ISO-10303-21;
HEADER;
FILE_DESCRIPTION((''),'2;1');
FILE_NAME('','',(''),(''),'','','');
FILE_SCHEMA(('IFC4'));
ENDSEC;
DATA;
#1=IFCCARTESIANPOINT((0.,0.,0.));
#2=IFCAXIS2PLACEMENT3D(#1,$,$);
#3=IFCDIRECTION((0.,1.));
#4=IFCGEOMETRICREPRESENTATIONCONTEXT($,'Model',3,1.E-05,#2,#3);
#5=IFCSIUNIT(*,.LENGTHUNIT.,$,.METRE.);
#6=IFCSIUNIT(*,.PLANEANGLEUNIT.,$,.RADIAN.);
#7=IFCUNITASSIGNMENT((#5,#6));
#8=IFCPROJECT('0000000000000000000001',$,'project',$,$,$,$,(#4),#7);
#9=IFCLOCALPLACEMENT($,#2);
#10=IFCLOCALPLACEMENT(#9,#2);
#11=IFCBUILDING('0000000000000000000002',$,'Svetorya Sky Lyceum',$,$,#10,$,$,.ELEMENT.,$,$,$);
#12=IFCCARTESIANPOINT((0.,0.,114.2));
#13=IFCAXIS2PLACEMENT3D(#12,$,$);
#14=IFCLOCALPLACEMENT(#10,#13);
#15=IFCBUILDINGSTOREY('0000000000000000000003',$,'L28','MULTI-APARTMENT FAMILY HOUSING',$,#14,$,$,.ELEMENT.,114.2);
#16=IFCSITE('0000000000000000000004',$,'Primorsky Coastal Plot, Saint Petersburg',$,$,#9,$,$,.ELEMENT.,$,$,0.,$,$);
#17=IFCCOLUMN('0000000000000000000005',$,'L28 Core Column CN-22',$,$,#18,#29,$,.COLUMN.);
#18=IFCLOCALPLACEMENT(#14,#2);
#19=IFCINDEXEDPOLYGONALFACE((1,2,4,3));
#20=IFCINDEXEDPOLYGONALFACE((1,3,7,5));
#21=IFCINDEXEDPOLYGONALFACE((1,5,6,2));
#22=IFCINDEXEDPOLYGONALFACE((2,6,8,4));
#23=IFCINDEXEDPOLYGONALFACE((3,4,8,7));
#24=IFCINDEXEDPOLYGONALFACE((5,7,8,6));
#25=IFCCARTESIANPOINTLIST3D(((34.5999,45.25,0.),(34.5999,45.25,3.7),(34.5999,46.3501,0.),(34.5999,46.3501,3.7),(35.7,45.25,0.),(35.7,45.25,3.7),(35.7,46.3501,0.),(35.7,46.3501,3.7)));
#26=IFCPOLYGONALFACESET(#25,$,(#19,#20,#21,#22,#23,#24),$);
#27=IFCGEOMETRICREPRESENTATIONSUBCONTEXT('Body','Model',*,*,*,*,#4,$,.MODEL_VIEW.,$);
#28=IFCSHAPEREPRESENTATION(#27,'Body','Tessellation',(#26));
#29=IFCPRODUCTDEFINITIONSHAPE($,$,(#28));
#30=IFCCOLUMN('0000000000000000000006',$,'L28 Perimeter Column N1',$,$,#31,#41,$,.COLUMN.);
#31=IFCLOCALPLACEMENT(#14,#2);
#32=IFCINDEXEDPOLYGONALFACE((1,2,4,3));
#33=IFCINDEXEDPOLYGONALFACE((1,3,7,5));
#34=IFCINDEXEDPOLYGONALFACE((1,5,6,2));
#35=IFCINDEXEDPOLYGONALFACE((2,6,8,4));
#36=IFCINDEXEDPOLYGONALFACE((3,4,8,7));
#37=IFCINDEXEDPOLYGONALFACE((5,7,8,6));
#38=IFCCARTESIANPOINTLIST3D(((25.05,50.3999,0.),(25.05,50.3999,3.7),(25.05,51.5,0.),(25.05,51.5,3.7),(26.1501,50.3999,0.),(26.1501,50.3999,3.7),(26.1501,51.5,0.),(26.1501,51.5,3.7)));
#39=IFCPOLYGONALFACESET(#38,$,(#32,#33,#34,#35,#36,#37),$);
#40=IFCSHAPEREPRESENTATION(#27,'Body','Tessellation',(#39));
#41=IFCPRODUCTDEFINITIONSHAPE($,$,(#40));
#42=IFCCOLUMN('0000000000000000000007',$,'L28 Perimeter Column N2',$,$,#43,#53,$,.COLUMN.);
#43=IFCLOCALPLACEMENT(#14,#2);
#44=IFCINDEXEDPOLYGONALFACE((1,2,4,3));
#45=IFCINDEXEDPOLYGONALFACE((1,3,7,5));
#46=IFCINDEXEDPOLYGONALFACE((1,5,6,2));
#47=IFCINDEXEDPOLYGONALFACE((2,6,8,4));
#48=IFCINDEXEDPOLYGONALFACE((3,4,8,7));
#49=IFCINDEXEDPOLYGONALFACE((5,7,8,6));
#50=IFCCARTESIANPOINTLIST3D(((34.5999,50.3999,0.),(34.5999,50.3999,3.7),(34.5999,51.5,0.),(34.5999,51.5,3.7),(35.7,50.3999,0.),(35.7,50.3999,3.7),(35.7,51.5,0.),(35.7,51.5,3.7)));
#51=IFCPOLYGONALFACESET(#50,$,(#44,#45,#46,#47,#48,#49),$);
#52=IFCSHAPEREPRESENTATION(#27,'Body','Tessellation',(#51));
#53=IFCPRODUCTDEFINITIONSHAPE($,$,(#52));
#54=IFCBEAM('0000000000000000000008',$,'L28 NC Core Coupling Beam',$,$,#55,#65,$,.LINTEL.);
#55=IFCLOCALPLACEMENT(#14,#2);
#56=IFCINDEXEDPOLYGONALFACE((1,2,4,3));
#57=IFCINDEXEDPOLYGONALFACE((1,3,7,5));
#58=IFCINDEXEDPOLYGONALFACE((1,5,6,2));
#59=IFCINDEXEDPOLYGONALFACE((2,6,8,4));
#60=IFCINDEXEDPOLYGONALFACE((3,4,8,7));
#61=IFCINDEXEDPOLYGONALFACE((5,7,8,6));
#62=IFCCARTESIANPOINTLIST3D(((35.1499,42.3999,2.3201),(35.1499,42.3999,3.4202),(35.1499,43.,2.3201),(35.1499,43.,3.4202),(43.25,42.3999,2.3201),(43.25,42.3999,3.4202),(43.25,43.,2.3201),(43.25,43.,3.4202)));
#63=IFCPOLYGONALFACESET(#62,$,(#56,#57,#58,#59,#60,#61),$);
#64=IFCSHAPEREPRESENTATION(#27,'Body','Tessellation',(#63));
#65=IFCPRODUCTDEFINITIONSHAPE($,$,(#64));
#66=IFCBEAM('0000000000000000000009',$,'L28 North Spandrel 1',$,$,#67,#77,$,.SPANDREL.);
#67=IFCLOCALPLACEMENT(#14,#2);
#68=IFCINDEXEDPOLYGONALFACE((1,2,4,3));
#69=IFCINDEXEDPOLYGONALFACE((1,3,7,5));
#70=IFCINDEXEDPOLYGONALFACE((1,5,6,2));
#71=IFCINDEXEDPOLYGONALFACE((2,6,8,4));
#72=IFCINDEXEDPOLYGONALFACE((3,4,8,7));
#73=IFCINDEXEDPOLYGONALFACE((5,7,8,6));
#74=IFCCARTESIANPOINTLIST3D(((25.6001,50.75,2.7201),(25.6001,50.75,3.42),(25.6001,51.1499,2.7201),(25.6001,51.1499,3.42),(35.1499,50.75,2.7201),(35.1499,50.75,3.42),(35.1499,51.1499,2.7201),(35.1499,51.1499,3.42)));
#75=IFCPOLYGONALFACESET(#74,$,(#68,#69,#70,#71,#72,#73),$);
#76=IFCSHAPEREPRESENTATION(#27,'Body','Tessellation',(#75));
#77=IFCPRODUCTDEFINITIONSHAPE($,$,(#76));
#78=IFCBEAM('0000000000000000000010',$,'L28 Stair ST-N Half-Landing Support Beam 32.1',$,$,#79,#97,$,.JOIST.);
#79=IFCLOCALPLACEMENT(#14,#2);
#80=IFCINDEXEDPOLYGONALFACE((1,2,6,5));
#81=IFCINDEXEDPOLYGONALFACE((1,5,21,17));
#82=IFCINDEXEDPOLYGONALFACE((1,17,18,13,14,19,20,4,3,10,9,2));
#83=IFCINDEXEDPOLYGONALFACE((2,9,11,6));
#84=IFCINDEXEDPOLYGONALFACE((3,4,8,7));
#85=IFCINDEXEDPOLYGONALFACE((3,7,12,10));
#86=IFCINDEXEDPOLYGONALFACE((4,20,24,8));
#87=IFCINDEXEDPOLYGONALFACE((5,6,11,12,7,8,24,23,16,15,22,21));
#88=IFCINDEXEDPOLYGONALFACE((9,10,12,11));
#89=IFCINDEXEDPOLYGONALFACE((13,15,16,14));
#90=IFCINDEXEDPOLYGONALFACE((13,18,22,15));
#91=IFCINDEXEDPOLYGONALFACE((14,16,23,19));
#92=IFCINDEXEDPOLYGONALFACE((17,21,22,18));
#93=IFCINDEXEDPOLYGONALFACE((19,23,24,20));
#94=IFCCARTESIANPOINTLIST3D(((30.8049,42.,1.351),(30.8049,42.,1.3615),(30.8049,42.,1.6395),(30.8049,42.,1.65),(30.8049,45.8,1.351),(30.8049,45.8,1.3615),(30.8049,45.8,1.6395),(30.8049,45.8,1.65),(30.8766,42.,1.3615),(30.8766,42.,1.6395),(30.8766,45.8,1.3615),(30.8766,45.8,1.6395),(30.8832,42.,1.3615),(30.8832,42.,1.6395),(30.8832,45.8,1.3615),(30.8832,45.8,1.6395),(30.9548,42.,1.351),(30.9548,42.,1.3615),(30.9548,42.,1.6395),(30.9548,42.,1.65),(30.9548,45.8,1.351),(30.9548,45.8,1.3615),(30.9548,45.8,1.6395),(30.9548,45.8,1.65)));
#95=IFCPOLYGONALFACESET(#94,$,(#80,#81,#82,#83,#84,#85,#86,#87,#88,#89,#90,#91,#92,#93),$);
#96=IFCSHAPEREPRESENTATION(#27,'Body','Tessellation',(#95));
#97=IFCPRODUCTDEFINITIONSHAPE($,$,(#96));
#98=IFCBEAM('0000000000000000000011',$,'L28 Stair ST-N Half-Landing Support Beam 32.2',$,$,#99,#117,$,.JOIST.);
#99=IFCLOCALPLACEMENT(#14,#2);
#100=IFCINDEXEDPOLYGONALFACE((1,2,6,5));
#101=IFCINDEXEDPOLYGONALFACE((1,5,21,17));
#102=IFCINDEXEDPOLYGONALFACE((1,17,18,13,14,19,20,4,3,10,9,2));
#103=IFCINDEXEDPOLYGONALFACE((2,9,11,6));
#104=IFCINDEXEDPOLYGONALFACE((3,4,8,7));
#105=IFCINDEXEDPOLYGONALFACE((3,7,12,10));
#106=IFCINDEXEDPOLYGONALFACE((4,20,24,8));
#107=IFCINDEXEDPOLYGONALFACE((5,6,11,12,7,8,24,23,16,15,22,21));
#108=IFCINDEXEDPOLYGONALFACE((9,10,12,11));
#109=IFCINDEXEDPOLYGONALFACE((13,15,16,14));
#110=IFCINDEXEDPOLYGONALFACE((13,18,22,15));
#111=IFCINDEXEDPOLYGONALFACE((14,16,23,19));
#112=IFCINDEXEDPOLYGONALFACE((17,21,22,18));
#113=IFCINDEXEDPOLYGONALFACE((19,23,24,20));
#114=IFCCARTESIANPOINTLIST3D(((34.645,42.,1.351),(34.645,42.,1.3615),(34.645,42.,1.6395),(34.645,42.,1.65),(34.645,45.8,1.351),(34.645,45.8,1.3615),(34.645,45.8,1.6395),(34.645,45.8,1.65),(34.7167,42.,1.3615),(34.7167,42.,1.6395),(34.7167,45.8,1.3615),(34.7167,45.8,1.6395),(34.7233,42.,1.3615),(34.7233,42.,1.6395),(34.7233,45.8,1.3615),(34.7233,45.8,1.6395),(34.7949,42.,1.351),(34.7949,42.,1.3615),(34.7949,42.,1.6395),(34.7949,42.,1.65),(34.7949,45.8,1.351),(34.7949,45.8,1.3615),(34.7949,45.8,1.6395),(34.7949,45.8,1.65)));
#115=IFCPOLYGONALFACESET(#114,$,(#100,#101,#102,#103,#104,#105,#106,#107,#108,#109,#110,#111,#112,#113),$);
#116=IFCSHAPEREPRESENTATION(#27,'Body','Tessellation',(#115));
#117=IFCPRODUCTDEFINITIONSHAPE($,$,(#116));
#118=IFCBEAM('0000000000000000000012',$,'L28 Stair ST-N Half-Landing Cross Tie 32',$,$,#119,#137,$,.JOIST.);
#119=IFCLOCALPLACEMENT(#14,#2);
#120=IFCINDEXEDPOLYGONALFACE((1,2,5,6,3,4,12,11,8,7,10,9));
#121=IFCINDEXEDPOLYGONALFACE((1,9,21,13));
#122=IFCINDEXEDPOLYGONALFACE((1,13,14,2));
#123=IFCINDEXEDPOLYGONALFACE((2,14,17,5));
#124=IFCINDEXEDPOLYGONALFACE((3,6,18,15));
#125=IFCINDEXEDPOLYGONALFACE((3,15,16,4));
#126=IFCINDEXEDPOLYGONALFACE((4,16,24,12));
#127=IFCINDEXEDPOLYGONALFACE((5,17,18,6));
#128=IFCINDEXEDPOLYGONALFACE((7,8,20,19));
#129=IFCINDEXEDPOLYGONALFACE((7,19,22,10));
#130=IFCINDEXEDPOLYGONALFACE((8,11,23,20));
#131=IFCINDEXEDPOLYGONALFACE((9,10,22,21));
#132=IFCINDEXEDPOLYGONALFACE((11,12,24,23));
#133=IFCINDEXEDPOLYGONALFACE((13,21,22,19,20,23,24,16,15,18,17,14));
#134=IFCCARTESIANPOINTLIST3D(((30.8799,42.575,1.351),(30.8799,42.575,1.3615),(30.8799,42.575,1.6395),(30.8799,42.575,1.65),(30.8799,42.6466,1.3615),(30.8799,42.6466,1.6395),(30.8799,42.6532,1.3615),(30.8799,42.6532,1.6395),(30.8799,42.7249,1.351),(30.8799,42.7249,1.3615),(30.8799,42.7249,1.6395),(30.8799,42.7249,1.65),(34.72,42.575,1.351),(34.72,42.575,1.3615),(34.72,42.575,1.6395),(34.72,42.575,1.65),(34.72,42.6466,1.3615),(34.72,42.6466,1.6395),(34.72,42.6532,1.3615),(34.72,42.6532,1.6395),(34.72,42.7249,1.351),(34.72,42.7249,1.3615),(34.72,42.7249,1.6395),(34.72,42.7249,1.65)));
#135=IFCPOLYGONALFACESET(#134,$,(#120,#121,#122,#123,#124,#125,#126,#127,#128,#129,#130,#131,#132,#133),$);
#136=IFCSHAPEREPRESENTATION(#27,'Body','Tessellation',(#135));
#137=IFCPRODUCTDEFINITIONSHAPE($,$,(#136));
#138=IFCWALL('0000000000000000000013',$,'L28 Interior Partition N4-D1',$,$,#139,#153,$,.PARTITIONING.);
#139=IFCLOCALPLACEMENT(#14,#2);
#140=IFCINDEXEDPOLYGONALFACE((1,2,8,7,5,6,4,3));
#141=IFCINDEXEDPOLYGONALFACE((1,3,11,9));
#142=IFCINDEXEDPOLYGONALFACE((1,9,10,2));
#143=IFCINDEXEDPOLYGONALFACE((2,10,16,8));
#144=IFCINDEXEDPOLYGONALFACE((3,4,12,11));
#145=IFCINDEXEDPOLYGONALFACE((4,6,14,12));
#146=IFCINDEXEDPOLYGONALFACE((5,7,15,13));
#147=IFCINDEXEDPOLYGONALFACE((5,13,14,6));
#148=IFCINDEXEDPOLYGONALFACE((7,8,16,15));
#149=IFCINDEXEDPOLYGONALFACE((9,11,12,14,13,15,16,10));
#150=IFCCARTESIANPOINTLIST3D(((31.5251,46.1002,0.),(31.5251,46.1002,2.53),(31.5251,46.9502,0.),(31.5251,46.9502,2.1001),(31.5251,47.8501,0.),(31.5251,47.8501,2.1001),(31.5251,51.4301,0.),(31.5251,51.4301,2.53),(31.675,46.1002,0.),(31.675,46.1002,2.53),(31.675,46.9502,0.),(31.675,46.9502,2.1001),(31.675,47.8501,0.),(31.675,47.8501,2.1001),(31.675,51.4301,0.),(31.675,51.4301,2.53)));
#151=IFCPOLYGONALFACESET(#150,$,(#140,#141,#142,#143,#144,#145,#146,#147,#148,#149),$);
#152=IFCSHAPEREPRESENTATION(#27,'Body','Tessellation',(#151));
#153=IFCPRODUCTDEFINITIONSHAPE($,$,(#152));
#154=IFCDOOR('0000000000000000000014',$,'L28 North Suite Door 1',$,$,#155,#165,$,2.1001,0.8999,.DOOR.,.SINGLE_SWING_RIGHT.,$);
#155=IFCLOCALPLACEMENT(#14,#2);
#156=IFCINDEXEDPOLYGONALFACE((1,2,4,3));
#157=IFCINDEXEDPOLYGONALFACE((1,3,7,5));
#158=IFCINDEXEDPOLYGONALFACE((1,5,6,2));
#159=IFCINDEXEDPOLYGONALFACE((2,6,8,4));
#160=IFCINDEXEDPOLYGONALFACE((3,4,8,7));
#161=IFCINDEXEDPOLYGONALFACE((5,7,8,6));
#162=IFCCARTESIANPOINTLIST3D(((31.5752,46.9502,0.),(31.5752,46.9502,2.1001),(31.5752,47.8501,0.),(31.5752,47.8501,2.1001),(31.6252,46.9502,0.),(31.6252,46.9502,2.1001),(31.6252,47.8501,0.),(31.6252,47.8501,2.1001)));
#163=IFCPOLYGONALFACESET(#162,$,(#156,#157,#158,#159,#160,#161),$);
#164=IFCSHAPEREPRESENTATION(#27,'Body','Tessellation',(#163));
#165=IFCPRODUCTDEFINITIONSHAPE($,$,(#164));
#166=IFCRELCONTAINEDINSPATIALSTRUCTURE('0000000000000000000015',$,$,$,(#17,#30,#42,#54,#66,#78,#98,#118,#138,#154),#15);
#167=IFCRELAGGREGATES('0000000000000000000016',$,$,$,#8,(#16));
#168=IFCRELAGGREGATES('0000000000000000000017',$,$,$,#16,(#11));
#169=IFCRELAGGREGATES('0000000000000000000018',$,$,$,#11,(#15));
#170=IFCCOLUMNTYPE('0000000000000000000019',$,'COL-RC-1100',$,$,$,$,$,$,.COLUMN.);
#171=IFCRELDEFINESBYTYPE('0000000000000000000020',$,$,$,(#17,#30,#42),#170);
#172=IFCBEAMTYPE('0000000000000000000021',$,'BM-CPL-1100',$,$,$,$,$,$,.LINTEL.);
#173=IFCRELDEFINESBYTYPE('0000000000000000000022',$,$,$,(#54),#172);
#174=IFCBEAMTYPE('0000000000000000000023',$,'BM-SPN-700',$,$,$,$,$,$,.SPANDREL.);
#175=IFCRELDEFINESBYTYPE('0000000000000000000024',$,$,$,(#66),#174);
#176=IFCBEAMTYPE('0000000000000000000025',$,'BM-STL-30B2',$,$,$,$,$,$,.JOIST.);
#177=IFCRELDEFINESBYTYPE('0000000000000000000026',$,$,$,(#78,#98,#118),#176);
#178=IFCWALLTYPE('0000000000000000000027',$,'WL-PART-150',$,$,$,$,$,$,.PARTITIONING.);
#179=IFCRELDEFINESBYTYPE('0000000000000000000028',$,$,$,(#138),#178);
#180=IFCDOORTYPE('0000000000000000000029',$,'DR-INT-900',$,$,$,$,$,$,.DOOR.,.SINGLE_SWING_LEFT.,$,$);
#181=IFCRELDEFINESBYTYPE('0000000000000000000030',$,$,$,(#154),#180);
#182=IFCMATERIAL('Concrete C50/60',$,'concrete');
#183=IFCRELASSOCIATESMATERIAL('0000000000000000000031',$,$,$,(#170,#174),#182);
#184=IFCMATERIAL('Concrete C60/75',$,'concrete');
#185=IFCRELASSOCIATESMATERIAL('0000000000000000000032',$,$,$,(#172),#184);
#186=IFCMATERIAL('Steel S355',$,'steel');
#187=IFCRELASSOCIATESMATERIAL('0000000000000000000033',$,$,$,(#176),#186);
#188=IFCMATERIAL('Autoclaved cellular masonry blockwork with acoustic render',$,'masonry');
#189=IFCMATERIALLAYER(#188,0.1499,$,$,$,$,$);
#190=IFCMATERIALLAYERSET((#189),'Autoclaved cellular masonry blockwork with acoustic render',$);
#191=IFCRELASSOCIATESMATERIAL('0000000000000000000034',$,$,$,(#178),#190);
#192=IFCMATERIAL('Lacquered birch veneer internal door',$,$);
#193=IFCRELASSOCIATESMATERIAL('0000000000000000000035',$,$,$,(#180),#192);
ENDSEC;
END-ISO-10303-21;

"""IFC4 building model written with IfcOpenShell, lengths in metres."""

from ifc_helpers import new_model, si_unit, direction, frame, frame_2d, origin, origin_2d, place, context, subcontext, project, spatial, rectangle, i_section, extrude, material, layer, layer_set, material_profile, profile_set, type_object, element, fill, save


model = new_model("IFC4")

# Units and contexts
model_context = context("Model", 3, precision=1e-05, world=origin(), true_north=direction((0.0, 1.0)))
body_context = subcontext(model_context, "Body", "Model", "MODEL_VIEW")
ifc_project = project(units=[si_unit("LENGTHUNIT", "METRE"), si_unit("PLANEANGLEUNIT", "RADIAN")], contexts=[model_context])

# Site, building, storey
site_placement = place(None, origin())
site = spatial("IfcSite", under=ifc_project, at=site_placement, Name="Primorsky Coastal Plot, Saint Petersburg", CompositionType="ELEMENT", RefElevation=0.0)
building_placement = place(site_placement, origin())
building = spatial("IfcBuilding", under=site, at=building_placement, Name="Svetorya Sky Lyceum", CompositionType="ELEMENT")
storey_placement = place(building_placement, frame((0.0, 0.0, 114.2)))
storey = spatial("IfcBuildingStorey", under=building, at=storey_placement, Name="L28", Description="MULTI-APARTMENT FAMILY HOUSING", CompositionType="ELEMENT", Elevation=114.2)

# Columns
ifc_material_1 = material(Name="Concrete C50/60", Category="concrete")
ifc_material_profile_1 = material_profile(ifc_material_1, rectangle(XDim=1.1001, YDim=1.1001, at=origin_2d()), Name="RC COL 1100x1100")
ifc_profile_set_1 = profile_set([ifc_material_profile_1], Name="Concrete C50/60")
column_type = type_object("IfcColumnType", Name="COL-RC-1100", PredefinedType="COLUMN", material=ifc_profile_set_1)
for number, where, z_axis, x_axis, name in (
    (1, (35.1499, 45.8, 0.0), (0.0, 0.0, 1.0), (1.0, 0.0, 0.0), "L28 Core Column CN-22"),
    (2, (25.6001, 50.95, 0.0), (0.0, 0.0, 1.0), (1.0, 0.0, 0.0), "L28 Perimeter Column N1"),
    (3, (35.1499, 50.95, 0.0), (0.0, 0.0, 1.0), (1.0, 0.0, 0.0), "L28 Perimeter Column N2"),
):
    element("IfcColumn", number, at=place(storey_placement, frame(where, z_axis=z_axis, x_axis=x_axis)), inside=storey, type_object=column_type, Name=name, PredefinedType="COLUMN", context=body_context, shape_type="SweptSolid", body=[
        extrude(rectangle(XDim=1.1001, YDim=1.1001, at=origin_2d()), origin(), (0.0, 0.0, 1.0), 3.7),
    ])

# Beams
ifc_material_2 = material(Name="Concrete C60/75", Category="concrete")
ifc_material_profile_2 = material_profile(ifc_material_2, rectangle(XDim=0.6001, YDim=1.1001, at=origin_2d()), Name="RC COUPLING 600x1100")
ifc_profile_set_2 = profile_set([ifc_material_profile_2], Name="Concrete C60/75")
beam_type_1 = type_object("IfcBeamType", Name="BM-CPL-1100", PredefinedType="LINTEL", material=ifc_profile_set_2)
beam_1_placement = place(storey_placement, frame((35.1499, 42.7, 2.8701), z_axis=(1.0, 0.0, 0.0), x_axis=(0.0, 1.0, 0.0)))
element("IfcBeam", 4, at=beam_1_placement, inside=storey, type_object=beam_type_1, Name="L28 NC Core Coupling Beam", PredefinedType="LINTEL", context=body_context, shape_type="SweptSolid", body=[
    extrude(rectangle(XDim=0.6001, YDim=1.1001, at=origin_2d()), origin(), (0.0, 0.0, 1.0), 8.1001),
])
ifc_material_profile_3 = material_profile(ifc_material_1, rectangle(XDim=0.3999, YDim=0.7, at=origin_2d()), Name="RC SPANDREL 400x700")
ifc_profile_set_3 = profile_set([ifc_material_profile_3], Name="Concrete C50/60")
beam_type_2 = type_object("IfcBeamType", Name="BM-SPN-700", PredefinedType="SPANDREL", material=ifc_profile_set_3)
beam_2_placement = place(storey_placement, frame((25.6001, 50.95, 3.0701), z_axis=(1.0, 0.0, 0.0), x_axis=(0.0, 1.0, 0.0)))
element("IfcBeam", 5, at=beam_2_placement, inside=storey, type_object=beam_type_2, Name="L28 North Spandrel 1", PredefinedType="SPANDREL", context=body_context, shape_type="SweptSolid", body=[
    extrude(rectangle(XDim=0.3999, YDim=0.7, at=origin_2d()), origin(), (0.0, 0.0, 1.0), 9.5498),
])
ifc_material_3 = material(Name="Steel S355", Category="steel")
ifc_material_profile_4 = material_profile(ifc_material_3, i_section(OverallWidth=0.1499, OverallDepth=0.2991, WebThickness=0.0066, FlangeThickness=0.0105, at=origin_2d()), Name="GOST 30B2")
ifc_profile_set_4 = profile_set([ifc_material_profile_4], Name="Steel S355")
beam_type_3 = type_object("IfcBeamType", Name="BM-STL-30B2", PredefinedType="JOIST", material=ifc_profile_set_4)
for number, where, z_axis, x_axis, name in (
    (6, (30.8799, 42.0, 1.5005), (0.0, 1.0, 0.0), (-1.0, 0.0, 0.0), "L28 Stair ST-N Half-Landing Support Beam 32.1"),
    (7, (34.72, 42.0, 1.5005), (0.0, 1.0, 0.0), (-1.0, 0.0, 0.0), "L28 Stair ST-N Half-Landing Support Beam 32.2"),
):
    element("IfcBeam", number, at=place(storey_placement, frame(where, z_axis=z_axis, x_axis=x_axis)), inside=storey, type_object=beam_type_3, Name=name, PredefinedType="JOIST", context=body_context, shape_type="SweptSolid", body=[
        extrude(i_section(OverallWidth=0.1499, OverallDepth=0.2991, WebThickness=0.0066, FlangeThickness=0.0105, at=origin_2d()), origin(), (0.0, 0.0, 1.0), 3.8),
    ])
beam_3_placement = place(storey_placement, frame((30.8799, 42.6499, 1.5005), z_axis=(1.0, 0.0, 0.0), x_axis=(0.0, 1.0, 0.0)))
element("IfcBeam", 8, at=beam_3_placement, inside=storey, type_object=beam_type_3, Name="L28 Stair ST-N Half-Landing Cross Tie 32", PredefinedType="JOIST", context=body_context, shape_type="SweptSolid", body=[
    extrude(i_section(OverallWidth=0.1499, OverallDepth=0.2991, WebThickness=0.0066, FlangeThickness=0.0105, at=origin_2d()), origin(), (0.0, 0.0, 1.0), 3.8401),
])

# Wall, opening, door
ifc_material_4 = material(Name="Autoclaved cellular masonry blockwork with acoustic render", Category="masonry")
ifc_layer = layer(ifc_material_4, 0.1499)
ifc_layer_set = layer_set([ifc_layer], Name="Autoclaved cellular masonry blockwork with acoustic render")
wall_type = type_object("IfcWallType", Name="WL-PART-150", PredefinedType="PARTITIONING", material=ifc_layer_set)
wall_placement = place(storey_placement, frame((31.6001, 46.1001, 0.0), z_axis=(0.0, 0.0, 1.0), x_axis=(0.0, 1.0, 0.0)))
wall = element("IfcWall", 9, at=wall_placement, inside=storey, type_object=wall_type, Name="L28 Interior Partition N4-D1", PredefinedType="PARTITIONING", context=body_context, shape_type="SweptSolid", body=[
    extrude(rectangle(XDim=5.3298, YDim=0.1499, at=frame_2d((2.665, 0.0))), origin(), (0.0, 0.0, 1.0), 2.53),
])
opening_placement = place(wall_placement, frame((0.8501, 0.0, 0.0)))
opening = element("IfcOpeningElement", 10, at=opening_placement, cuts=wall, PredefinedType="OPENING", context=body_context, shape_type="SweptSolid", body=[
    extrude(rectangle(XDim=0.8999, YDim=2.1001, at=frame_2d((0.45, 1.05))), frame((0.0, 0.085, 0.0), z_axis=(0.0, -1.0, 0.0), x_axis=(1.0, 0.0, 0.0)), (0.0, 0.0, 1.0), 0.1699),
])
ifc_material_5 = material(Name="Lacquered birch veneer internal door")
door_type = type_object("IfcDoorType", Name="DR-INT-900", OperationType="SINGLE_SWING_LEFT", PredefinedType="DOOR", material=ifc_material_5)
door_placement = place(opening_placement, origin())
door = element("IfcDoor", 11, at=door_placement, inside=storey, type_object=door_type, Name="L28 North Suite Door 1", OperationType="SINGLE_SWING_RIGHT", OverallHeight=2.1001, OverallWidth=0.8999, PredefinedType="DOOR", context=body_context, shape_type="SweptSolid", body=[
    extrude(rectangle(XDim=0.8999, YDim=2.1001, at=frame_2d((0.45, 1.05))), frame((0.0, 0.0249, 0.0), z_axis=(0.0, -1.0, 0.0), x_axis=(1.0, 0.0, 0.0)), (0.0, 0.0, 1.0), 0.05),
])
fill(opening, door)

save(model, "model.ifc")
